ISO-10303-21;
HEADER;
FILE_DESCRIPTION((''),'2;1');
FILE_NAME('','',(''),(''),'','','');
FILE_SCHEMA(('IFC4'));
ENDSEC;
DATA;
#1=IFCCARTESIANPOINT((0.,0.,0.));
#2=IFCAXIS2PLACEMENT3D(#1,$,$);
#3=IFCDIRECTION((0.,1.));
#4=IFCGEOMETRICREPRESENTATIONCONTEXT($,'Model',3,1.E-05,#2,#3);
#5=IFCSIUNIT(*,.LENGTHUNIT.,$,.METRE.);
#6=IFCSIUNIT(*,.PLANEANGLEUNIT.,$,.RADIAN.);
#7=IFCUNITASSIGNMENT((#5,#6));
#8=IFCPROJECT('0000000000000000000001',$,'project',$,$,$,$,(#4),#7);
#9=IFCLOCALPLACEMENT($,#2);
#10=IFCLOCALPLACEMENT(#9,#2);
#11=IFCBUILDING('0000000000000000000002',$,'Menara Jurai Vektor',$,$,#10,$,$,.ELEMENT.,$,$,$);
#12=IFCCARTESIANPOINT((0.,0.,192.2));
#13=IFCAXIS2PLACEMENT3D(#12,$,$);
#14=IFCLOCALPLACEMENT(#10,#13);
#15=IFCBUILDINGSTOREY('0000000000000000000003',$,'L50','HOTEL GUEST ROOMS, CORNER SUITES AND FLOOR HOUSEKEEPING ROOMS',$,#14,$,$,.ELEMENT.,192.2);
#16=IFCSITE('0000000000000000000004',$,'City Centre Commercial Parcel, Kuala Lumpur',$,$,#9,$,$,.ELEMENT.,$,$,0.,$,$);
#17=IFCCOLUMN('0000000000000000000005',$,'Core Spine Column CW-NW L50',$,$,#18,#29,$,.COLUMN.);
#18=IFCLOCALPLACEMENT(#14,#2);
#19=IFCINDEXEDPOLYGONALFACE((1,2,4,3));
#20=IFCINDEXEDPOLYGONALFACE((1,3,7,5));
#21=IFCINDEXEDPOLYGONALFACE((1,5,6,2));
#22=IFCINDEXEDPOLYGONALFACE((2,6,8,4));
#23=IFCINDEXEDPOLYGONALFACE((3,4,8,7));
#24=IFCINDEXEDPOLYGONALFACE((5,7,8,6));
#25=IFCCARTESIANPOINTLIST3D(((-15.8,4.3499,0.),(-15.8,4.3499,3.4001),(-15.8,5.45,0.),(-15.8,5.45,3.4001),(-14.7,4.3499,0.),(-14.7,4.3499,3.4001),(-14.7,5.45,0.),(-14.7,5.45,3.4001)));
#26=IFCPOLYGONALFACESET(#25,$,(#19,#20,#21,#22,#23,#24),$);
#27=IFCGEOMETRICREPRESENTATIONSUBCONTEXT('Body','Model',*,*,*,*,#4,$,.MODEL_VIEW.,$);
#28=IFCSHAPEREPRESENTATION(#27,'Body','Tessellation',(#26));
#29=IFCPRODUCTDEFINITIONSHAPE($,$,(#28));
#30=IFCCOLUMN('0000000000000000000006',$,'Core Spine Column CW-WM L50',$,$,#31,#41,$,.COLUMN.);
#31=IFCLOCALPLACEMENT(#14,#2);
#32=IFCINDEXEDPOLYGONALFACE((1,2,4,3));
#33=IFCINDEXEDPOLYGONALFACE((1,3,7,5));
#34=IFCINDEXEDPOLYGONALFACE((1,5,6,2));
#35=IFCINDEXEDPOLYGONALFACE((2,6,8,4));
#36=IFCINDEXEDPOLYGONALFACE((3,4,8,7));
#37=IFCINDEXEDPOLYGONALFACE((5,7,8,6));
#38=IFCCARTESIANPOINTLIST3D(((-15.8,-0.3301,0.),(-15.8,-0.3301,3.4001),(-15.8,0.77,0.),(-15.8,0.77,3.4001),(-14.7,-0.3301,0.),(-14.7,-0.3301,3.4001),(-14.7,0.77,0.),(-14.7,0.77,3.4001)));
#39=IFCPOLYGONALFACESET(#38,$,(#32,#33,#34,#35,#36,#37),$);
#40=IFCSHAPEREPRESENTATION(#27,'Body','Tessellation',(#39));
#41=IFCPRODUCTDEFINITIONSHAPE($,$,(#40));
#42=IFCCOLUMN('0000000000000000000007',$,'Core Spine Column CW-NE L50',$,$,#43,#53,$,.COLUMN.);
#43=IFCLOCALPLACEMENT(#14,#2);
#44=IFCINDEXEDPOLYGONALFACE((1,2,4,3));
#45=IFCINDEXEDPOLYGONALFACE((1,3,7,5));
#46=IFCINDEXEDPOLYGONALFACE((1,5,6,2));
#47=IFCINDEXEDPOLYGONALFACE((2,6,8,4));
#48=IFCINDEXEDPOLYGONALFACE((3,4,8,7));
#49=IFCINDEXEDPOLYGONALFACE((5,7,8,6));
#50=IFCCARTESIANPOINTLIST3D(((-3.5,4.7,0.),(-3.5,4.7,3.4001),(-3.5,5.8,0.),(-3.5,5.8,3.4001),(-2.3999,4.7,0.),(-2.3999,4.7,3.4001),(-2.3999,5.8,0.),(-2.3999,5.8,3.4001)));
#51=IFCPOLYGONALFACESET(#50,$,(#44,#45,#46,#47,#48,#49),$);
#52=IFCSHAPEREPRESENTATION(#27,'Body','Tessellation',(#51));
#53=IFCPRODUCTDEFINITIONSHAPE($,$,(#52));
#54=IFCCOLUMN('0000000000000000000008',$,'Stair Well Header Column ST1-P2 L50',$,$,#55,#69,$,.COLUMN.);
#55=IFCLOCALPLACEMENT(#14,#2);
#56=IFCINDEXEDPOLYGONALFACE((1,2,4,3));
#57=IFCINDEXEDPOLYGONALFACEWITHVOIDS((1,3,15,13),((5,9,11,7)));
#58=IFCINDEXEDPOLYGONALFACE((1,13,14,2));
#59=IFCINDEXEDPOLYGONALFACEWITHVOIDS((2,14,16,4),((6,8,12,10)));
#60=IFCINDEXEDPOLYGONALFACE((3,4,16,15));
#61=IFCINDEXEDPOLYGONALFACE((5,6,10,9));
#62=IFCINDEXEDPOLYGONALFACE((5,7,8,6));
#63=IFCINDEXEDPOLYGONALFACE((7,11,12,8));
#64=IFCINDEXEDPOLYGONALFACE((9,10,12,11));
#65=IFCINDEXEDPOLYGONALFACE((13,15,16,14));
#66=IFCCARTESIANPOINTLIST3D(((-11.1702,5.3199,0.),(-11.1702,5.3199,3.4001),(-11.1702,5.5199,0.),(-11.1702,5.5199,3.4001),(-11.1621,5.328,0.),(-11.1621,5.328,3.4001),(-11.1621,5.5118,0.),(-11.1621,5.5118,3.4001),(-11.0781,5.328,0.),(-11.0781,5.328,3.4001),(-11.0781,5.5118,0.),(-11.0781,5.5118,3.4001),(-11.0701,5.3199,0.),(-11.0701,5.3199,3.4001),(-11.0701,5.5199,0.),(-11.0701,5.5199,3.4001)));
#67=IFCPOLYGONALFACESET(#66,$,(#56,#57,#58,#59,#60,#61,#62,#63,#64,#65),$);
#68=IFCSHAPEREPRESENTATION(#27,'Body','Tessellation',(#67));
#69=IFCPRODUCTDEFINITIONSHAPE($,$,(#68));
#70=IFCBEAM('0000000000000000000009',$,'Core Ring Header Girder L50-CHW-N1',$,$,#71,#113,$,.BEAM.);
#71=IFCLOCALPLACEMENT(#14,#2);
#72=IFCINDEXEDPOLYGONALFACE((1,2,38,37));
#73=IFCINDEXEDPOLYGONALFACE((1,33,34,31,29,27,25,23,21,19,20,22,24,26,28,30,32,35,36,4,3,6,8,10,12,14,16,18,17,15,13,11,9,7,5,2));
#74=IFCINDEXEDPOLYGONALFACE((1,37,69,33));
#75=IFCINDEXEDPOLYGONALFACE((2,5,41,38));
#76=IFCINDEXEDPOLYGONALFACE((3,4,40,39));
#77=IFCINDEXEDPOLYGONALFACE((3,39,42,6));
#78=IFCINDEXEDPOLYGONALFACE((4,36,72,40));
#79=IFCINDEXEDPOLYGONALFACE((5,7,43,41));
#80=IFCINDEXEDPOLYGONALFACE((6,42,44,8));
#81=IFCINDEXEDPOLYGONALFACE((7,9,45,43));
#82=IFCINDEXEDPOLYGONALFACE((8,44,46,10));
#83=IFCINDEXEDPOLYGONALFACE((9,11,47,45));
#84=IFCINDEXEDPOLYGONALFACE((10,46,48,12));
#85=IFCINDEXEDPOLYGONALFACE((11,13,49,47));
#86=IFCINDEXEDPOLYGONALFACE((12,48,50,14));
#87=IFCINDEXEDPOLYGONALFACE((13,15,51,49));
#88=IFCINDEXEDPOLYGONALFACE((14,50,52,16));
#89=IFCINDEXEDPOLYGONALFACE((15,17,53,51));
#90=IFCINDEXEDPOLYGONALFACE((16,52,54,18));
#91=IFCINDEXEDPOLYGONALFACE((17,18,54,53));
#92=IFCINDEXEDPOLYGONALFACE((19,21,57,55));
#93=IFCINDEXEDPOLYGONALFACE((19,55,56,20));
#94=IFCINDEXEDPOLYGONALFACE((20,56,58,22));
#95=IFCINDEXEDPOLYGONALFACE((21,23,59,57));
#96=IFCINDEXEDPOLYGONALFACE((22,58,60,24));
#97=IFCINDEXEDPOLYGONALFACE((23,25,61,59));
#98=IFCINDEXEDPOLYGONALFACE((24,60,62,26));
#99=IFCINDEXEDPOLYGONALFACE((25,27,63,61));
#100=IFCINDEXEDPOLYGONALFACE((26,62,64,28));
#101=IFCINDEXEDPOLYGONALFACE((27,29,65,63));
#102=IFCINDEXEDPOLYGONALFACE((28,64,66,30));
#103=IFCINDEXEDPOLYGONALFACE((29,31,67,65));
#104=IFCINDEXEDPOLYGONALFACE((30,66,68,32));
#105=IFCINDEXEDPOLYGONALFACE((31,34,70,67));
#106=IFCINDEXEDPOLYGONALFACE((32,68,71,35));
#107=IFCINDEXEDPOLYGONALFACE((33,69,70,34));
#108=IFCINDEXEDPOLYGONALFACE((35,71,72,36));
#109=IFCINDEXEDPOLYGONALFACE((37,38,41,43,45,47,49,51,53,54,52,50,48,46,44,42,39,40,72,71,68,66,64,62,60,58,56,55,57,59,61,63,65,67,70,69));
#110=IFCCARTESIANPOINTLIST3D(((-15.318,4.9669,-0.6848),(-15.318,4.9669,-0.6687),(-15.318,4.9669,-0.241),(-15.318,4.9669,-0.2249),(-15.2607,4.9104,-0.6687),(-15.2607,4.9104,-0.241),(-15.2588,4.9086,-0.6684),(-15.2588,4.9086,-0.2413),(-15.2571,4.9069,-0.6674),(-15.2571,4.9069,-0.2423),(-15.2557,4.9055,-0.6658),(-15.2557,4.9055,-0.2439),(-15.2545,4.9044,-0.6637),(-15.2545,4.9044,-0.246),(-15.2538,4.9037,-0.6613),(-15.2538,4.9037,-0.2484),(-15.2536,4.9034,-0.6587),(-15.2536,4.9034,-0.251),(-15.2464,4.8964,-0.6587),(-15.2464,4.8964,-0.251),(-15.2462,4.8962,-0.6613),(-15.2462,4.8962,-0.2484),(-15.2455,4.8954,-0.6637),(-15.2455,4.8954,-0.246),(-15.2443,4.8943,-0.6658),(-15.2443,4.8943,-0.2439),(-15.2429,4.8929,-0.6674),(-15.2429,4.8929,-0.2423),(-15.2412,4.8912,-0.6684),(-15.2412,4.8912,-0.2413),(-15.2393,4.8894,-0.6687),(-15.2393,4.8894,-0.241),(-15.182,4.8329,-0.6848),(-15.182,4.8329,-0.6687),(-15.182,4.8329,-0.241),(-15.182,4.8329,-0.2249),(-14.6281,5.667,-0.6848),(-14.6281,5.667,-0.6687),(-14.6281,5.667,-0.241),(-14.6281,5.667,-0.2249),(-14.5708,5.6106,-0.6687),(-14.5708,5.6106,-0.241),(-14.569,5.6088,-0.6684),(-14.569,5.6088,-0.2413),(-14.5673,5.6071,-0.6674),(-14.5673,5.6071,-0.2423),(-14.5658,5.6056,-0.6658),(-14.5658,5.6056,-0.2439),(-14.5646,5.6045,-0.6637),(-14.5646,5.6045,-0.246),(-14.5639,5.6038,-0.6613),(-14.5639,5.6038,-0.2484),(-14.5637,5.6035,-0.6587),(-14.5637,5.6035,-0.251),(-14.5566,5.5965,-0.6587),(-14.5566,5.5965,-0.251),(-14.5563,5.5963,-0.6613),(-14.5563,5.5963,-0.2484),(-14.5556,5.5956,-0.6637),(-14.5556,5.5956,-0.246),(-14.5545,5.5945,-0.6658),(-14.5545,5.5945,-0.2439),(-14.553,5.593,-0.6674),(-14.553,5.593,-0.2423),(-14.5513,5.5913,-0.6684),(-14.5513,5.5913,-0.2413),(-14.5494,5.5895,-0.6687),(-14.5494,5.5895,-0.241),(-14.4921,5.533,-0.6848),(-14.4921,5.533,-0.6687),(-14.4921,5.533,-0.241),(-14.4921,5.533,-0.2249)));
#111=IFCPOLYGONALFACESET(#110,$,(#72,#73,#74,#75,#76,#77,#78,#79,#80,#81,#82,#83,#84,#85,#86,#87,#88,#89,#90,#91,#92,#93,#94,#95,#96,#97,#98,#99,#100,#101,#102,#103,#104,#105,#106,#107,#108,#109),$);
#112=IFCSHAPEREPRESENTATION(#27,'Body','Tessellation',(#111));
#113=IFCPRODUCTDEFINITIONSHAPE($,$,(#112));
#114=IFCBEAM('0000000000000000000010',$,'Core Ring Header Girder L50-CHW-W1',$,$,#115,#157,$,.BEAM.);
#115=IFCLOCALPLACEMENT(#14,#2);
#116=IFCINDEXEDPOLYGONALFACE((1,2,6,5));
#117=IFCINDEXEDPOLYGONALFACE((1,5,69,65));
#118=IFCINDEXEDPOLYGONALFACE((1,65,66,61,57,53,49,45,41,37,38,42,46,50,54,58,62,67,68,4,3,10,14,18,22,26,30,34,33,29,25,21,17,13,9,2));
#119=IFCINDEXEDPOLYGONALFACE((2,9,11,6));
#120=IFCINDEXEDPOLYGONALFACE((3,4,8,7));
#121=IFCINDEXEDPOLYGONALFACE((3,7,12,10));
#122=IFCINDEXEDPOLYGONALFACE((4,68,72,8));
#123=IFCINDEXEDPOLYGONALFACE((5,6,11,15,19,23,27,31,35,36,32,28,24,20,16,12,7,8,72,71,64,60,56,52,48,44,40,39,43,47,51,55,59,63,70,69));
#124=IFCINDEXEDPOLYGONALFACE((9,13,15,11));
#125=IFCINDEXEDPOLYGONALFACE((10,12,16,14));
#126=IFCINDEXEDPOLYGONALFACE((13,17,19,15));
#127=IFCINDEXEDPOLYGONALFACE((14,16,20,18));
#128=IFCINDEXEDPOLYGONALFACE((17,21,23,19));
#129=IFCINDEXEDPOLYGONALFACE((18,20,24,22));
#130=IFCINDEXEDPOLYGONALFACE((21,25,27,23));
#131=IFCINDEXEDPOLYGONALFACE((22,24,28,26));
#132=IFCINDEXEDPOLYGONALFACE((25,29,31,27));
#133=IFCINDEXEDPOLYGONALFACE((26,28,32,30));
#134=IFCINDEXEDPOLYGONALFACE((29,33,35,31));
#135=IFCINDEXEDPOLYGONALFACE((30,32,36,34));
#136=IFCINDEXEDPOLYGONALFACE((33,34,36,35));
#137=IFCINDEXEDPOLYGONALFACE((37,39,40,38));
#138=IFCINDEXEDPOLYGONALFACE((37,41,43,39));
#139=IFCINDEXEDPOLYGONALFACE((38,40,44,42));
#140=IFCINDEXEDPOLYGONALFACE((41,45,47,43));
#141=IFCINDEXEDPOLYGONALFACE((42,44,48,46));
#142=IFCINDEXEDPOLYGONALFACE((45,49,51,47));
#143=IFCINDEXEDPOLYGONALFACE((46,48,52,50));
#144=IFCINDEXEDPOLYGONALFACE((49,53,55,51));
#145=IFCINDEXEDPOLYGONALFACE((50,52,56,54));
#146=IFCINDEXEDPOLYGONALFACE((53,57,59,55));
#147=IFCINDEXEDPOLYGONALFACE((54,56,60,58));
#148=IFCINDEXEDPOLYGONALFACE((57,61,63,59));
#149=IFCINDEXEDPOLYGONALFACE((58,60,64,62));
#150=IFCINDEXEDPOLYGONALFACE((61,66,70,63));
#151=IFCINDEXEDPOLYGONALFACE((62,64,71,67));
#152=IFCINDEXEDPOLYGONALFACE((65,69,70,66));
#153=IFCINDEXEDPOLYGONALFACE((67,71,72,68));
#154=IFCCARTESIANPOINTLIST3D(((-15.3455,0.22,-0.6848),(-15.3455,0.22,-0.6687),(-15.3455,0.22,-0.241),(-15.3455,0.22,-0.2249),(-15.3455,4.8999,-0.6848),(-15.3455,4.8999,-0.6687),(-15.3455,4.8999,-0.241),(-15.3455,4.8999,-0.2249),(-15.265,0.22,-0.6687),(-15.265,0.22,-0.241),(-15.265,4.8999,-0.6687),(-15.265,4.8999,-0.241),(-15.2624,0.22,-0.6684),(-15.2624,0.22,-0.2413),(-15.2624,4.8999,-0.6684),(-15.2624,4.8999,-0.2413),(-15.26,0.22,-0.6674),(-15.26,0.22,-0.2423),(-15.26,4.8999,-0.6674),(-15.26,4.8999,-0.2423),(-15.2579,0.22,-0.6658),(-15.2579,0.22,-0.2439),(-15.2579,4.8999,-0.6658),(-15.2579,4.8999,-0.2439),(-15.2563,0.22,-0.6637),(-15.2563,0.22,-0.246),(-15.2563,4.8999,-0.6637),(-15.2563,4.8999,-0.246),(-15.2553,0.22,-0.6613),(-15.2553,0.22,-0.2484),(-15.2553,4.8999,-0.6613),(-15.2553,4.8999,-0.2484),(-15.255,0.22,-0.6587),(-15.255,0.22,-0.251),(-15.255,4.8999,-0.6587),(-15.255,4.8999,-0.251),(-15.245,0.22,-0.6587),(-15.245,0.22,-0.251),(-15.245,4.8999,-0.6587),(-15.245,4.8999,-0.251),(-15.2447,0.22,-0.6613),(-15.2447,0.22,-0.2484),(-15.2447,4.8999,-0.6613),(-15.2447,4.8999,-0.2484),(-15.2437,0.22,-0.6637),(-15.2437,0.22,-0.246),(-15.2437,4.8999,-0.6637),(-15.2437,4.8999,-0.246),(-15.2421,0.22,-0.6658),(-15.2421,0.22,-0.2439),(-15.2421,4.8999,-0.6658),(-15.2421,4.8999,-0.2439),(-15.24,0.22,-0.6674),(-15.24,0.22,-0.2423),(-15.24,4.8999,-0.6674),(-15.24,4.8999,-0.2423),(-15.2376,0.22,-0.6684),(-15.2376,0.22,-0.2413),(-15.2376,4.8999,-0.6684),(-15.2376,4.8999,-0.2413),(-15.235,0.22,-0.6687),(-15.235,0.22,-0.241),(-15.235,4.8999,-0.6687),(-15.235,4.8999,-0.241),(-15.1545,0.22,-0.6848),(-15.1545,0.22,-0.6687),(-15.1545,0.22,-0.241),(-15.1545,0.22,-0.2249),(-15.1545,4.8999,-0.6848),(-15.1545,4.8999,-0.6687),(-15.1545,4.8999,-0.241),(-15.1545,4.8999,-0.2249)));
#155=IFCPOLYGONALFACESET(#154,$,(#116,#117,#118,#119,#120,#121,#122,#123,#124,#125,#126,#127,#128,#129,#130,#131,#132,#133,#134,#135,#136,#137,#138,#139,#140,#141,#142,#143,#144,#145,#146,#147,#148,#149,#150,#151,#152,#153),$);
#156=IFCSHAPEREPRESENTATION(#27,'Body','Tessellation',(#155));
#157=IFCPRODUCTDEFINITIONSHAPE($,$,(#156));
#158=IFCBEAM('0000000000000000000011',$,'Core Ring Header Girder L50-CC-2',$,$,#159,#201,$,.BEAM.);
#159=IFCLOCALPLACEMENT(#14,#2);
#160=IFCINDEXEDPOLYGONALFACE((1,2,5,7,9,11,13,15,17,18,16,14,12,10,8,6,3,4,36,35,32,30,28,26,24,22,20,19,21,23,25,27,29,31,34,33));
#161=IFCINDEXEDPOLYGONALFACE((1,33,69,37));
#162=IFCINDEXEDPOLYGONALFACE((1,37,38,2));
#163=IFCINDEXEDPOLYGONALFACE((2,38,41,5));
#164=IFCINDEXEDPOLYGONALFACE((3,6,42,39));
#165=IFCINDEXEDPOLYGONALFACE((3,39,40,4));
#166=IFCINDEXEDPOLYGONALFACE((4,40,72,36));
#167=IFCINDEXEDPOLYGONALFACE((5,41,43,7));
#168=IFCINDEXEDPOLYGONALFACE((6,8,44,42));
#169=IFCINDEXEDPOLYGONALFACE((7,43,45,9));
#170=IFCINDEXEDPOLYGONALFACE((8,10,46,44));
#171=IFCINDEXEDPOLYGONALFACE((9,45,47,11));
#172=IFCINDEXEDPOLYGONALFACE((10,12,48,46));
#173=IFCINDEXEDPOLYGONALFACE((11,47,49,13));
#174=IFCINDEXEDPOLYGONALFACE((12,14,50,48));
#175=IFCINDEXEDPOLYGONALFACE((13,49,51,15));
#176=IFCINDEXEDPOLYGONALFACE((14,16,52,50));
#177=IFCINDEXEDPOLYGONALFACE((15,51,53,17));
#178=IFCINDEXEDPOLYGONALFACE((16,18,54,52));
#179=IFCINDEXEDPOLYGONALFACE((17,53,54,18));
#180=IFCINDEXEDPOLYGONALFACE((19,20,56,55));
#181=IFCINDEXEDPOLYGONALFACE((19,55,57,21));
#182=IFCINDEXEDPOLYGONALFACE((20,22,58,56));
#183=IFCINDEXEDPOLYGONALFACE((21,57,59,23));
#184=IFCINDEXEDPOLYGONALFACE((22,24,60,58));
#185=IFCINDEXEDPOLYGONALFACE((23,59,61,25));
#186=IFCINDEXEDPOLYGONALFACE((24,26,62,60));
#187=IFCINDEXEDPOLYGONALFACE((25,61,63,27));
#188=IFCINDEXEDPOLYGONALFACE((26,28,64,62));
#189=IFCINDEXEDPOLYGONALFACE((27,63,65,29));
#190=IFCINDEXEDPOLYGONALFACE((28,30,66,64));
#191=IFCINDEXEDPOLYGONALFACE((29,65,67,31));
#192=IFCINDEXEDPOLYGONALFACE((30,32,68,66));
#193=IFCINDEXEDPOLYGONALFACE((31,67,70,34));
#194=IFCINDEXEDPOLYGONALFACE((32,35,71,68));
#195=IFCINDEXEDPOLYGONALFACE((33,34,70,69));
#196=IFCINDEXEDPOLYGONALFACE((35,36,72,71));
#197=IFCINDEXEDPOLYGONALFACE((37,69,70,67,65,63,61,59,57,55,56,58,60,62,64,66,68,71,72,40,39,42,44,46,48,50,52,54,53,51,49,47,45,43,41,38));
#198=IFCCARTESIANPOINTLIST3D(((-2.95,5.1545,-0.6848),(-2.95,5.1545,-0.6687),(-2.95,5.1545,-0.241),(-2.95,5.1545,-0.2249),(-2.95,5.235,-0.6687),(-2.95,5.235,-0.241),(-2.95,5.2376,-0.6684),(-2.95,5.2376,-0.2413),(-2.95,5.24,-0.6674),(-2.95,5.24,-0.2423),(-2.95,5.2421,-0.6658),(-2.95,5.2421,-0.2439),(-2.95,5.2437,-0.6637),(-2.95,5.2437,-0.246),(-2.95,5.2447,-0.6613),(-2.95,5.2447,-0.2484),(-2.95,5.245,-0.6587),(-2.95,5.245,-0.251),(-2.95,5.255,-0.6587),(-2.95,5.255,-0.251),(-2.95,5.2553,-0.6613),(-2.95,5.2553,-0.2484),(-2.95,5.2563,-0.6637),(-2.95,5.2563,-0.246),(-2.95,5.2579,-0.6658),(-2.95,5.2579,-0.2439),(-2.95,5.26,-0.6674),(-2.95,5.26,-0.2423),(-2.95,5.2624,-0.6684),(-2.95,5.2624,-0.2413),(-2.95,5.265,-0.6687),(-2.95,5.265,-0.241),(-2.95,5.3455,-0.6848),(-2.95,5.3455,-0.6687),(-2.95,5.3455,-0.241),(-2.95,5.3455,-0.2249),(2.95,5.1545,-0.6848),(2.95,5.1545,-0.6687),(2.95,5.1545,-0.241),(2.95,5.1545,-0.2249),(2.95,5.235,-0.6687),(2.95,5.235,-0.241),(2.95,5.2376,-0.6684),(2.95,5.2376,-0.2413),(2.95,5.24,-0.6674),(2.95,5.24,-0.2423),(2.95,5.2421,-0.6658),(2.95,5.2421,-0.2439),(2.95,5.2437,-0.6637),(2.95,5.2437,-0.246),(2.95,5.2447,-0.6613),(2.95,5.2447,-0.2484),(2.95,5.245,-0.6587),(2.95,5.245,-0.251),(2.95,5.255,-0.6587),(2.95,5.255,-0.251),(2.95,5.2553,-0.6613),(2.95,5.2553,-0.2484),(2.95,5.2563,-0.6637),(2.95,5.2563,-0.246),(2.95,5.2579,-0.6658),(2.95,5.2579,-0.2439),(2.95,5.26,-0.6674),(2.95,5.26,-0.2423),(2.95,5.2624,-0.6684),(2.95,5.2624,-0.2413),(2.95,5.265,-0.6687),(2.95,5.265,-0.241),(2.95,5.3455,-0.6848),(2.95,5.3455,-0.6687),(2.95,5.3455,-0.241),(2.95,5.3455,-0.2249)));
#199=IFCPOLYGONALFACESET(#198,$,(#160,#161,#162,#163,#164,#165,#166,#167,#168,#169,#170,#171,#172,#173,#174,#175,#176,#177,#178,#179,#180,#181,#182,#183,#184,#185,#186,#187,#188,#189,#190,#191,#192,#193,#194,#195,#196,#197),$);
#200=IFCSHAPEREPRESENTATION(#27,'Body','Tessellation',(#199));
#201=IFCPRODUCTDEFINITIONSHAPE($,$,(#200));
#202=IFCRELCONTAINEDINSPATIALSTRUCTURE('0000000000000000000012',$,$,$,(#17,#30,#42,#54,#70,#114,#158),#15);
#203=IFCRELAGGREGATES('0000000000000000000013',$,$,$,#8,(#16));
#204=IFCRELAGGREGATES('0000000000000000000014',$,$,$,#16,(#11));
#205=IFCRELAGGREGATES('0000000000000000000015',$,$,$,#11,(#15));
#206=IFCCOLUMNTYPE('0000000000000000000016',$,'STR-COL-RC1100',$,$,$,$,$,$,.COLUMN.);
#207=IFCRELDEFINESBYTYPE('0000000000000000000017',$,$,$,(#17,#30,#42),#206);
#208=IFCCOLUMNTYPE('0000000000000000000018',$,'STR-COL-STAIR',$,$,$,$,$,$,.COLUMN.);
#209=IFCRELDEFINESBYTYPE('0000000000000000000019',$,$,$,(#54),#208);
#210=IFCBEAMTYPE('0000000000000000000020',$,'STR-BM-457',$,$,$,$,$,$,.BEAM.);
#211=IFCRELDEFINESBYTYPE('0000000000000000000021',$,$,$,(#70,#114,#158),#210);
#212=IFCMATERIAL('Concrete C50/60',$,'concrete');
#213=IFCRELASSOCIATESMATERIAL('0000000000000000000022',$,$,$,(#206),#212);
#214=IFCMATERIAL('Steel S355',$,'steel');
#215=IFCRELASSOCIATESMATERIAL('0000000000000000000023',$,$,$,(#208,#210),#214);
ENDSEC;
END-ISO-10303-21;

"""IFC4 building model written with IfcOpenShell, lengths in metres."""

from ifc_helpers import new_model, si_unit, direction, frame, origin, origin_2d, place, context, subcontext, project, spatial, rectangle, hollow_rectangle, i_section, extrude, material, material_profile, profile_set, type_object, element, save


model = new_model("IFC4")

# Units and contexts
model_context = context("Model", 3, precision=1e-05, world=origin(), true_north=direction((0.0, 1.0)))
body_context = subcontext(model_context, "Body", "Model", "MODEL_VIEW")
ifc_project = project(units=[si_unit("LENGTHUNIT", "METRE"), si_unit("PLANEANGLEUNIT", "RADIAN")], contexts=[model_context])

# Site, building, storey
site_placement = place(None, origin())
site = spatial("IfcSite", under=ifc_project, at=site_placement, Name="City Centre Commercial Parcel, Kuala Lumpur", CompositionType="ELEMENT", RefElevation=0.0)
building_placement = place(site_placement, origin())
building = spatial("IfcBuilding", under=site, at=building_placement, Name="Menara Jurai Vektor", CompositionType="ELEMENT")
storey_placement = place(building_placement, frame((0.0, 0.0, 192.2)))
storey = spatial("IfcBuildingStorey", under=building, at=storey_placement, Name="L50", Description="HOTEL GUEST ROOMS, CORNER SUITES AND FLOOR HOUSEKEEPING ROOMS", CompositionType="ELEMENT", Elevation=192.2)

# Columns
ifc_material_1 = material(Name="Concrete C50/60", Category="concrete")
ifc_material_profile_1 = material_profile(ifc_material_1, rectangle(XDim=1.1001, YDim=1.1001, at=origin_2d()), Name="RC 1100x1100")
ifc_profile_set_1 = profile_set([ifc_material_profile_1], Name="Concrete C50/60")
column_type_1 = type_object("IfcColumnType", Name="STR-COL-RC1100", PredefinedType="COLUMN", material=ifc_profile_set_1)
for number, where, z_axis, x_axis, name in (
    (1, (-15.25, 4.8999, 0.0), (0.0, 0.0, 1.0), (1.0, 0.0, 0.0), "Core Spine Column CW-NW L50"),
    (2, (-15.25, 0.22, 0.0), (0.0, 0.0, 1.0), (1.0, 0.0, 0.0), "Core Spine Column CW-WM L50"),
    (3, (-2.95, 5.25, 0.0), (0.0, 0.0, 1.0), (1.0, 0.0, 0.0), "Core Spine Column CW-NE L50"),
):
    element("IfcColumn", number, at=place(storey_placement, frame(where, z_axis=z_axis, x_axis=x_axis)), inside=storey, type_object=column_type_1, Name=name, PredefinedType="COLUMN", context=body_context, shape_type="SweptSolid", body=[
        extrude(rectangle(XDim=1.1001, YDim=1.1001, at=origin_2d()), origin(), (0.0, 0.0, 1.0), 3.4001),
    ])
ifc_material_2 = material(Name="Steel S355", Category="steel")
ifc_material_profile_2 = material_profile(ifc_material_2, hollow_rectangle(XDim=0.1001, YDim=0.2, WallThickness=0.0081, at=origin_2d()), Name="RHS 200x100x8")
ifc_profile_set_2 = profile_set([ifc_material_profile_2], Name="Steel S355")
column_type_2 = type_object("IfcColumnType", Name="STR-COL-STAIR", PredefinedType="COLUMN", material=ifc_profile_set_2)
column_placement = place(storey_placement, frame((-11.1201, 5.4199, 0.0), z_axis=(0.0, 0.0, 1.0), x_axis=(1.0, 0.0, 0.0)))
element("IfcColumn", 4, at=column_placement, inside=storey, type_object=column_type_2, Name="Stair Well Header Column ST1-P2 L50", PredefinedType="COLUMN", context=body_context, shape_type="SweptSolid", body=[
    extrude(hollow_rectangle(XDim=0.1001, YDim=0.2, WallThickness=0.0081, at=origin_2d()), origin(), (0.0, 0.0, 1.0), 3.4001),
])

# Beams
ifc_material_profile_3 = material_profile(ifc_material_2, i_section(OverallWidth=0.1909, OverallDepth=0.46, WebThickness=0.01, FlangeThickness=0.0161, FilletRadius=0.01, at=origin_2d()), Name="UKB 457x191x82")
ifc_profile_set_3 = profile_set([ifc_material_profile_3], Name="Steel S355")
beam_type_1 = type_object("IfcBeamType", Name="STR-BM-457", PredefinedType="BEAM", material=ifc_profile_set_3)
beam_1_placement = place(storey_placement, frame((-15.25, 4.8999, -0.4548), z_axis=(0.701872, 0.712303, 0.0), x_axis=(-0.712303, 0.701872, 0.0)))
element("IfcBeam", 5, at=beam_1_placement, inside=storey, type_object=beam_type_1, Name="Core Ring Header Girder L50-CHW-N1", PredefinedType="BEAM", context=body_context, shape_type="SweptSolid", body=[
    extrude(i_section(OverallWidth=0.1909, OverallDepth=0.46, WebThickness=0.01, FlangeThickness=0.0161, FilletRadius=0.01, at=origin_2d()), origin(), (0.0, 0.0, 1.0), 0.9829),
])
beam_2_placement = place(storey_placement, frame((-15.25, 0.22, -0.4548), z_axis=(0.0, 1.0, 0.0), x_axis=(-1.0, 0.0, 0.0)))
element("IfcBeam", 6, at=beam_2_placement, inside=storey, type_object=beam_type_1, Name="Core Ring Header Girder L50-CHW-W1", PredefinedType="BEAM", context=body_context, shape_type="SweptSolid", body=[
    extrude(i_section(OverallWidth=0.1909, OverallDepth=0.46, WebThickness=0.01, FlangeThickness=0.0161, FilletRadius=0.01, at=origin_2d()), origin(), (0.0, 0.0, 1.0), 4.6799),
])
beam_3_placement = place(storey_placement, frame((-2.95, 5.25, -0.4548), z_axis=(1.0, 0.0, 0.0), x_axis=(0.0, 1.0, 0.0)))
element("IfcBeam", 7, at=beam_3_placement, inside=storey, type_object=beam_type_1, Name="Core Ring Header Girder L50-CC-2", PredefinedType="BEAM", context=body_context, shape_type="SweptSolid", body=[
    extrude(i_section(OverallWidth=0.1909, OverallDepth=0.46, WebThickness=0.01, FlangeThickness=0.0161, FilletRadius=0.01, at=origin_2d()), origin(), (0.0, 0.0, 1.0), 5.8999),
])

save(model, "model.ifc")
